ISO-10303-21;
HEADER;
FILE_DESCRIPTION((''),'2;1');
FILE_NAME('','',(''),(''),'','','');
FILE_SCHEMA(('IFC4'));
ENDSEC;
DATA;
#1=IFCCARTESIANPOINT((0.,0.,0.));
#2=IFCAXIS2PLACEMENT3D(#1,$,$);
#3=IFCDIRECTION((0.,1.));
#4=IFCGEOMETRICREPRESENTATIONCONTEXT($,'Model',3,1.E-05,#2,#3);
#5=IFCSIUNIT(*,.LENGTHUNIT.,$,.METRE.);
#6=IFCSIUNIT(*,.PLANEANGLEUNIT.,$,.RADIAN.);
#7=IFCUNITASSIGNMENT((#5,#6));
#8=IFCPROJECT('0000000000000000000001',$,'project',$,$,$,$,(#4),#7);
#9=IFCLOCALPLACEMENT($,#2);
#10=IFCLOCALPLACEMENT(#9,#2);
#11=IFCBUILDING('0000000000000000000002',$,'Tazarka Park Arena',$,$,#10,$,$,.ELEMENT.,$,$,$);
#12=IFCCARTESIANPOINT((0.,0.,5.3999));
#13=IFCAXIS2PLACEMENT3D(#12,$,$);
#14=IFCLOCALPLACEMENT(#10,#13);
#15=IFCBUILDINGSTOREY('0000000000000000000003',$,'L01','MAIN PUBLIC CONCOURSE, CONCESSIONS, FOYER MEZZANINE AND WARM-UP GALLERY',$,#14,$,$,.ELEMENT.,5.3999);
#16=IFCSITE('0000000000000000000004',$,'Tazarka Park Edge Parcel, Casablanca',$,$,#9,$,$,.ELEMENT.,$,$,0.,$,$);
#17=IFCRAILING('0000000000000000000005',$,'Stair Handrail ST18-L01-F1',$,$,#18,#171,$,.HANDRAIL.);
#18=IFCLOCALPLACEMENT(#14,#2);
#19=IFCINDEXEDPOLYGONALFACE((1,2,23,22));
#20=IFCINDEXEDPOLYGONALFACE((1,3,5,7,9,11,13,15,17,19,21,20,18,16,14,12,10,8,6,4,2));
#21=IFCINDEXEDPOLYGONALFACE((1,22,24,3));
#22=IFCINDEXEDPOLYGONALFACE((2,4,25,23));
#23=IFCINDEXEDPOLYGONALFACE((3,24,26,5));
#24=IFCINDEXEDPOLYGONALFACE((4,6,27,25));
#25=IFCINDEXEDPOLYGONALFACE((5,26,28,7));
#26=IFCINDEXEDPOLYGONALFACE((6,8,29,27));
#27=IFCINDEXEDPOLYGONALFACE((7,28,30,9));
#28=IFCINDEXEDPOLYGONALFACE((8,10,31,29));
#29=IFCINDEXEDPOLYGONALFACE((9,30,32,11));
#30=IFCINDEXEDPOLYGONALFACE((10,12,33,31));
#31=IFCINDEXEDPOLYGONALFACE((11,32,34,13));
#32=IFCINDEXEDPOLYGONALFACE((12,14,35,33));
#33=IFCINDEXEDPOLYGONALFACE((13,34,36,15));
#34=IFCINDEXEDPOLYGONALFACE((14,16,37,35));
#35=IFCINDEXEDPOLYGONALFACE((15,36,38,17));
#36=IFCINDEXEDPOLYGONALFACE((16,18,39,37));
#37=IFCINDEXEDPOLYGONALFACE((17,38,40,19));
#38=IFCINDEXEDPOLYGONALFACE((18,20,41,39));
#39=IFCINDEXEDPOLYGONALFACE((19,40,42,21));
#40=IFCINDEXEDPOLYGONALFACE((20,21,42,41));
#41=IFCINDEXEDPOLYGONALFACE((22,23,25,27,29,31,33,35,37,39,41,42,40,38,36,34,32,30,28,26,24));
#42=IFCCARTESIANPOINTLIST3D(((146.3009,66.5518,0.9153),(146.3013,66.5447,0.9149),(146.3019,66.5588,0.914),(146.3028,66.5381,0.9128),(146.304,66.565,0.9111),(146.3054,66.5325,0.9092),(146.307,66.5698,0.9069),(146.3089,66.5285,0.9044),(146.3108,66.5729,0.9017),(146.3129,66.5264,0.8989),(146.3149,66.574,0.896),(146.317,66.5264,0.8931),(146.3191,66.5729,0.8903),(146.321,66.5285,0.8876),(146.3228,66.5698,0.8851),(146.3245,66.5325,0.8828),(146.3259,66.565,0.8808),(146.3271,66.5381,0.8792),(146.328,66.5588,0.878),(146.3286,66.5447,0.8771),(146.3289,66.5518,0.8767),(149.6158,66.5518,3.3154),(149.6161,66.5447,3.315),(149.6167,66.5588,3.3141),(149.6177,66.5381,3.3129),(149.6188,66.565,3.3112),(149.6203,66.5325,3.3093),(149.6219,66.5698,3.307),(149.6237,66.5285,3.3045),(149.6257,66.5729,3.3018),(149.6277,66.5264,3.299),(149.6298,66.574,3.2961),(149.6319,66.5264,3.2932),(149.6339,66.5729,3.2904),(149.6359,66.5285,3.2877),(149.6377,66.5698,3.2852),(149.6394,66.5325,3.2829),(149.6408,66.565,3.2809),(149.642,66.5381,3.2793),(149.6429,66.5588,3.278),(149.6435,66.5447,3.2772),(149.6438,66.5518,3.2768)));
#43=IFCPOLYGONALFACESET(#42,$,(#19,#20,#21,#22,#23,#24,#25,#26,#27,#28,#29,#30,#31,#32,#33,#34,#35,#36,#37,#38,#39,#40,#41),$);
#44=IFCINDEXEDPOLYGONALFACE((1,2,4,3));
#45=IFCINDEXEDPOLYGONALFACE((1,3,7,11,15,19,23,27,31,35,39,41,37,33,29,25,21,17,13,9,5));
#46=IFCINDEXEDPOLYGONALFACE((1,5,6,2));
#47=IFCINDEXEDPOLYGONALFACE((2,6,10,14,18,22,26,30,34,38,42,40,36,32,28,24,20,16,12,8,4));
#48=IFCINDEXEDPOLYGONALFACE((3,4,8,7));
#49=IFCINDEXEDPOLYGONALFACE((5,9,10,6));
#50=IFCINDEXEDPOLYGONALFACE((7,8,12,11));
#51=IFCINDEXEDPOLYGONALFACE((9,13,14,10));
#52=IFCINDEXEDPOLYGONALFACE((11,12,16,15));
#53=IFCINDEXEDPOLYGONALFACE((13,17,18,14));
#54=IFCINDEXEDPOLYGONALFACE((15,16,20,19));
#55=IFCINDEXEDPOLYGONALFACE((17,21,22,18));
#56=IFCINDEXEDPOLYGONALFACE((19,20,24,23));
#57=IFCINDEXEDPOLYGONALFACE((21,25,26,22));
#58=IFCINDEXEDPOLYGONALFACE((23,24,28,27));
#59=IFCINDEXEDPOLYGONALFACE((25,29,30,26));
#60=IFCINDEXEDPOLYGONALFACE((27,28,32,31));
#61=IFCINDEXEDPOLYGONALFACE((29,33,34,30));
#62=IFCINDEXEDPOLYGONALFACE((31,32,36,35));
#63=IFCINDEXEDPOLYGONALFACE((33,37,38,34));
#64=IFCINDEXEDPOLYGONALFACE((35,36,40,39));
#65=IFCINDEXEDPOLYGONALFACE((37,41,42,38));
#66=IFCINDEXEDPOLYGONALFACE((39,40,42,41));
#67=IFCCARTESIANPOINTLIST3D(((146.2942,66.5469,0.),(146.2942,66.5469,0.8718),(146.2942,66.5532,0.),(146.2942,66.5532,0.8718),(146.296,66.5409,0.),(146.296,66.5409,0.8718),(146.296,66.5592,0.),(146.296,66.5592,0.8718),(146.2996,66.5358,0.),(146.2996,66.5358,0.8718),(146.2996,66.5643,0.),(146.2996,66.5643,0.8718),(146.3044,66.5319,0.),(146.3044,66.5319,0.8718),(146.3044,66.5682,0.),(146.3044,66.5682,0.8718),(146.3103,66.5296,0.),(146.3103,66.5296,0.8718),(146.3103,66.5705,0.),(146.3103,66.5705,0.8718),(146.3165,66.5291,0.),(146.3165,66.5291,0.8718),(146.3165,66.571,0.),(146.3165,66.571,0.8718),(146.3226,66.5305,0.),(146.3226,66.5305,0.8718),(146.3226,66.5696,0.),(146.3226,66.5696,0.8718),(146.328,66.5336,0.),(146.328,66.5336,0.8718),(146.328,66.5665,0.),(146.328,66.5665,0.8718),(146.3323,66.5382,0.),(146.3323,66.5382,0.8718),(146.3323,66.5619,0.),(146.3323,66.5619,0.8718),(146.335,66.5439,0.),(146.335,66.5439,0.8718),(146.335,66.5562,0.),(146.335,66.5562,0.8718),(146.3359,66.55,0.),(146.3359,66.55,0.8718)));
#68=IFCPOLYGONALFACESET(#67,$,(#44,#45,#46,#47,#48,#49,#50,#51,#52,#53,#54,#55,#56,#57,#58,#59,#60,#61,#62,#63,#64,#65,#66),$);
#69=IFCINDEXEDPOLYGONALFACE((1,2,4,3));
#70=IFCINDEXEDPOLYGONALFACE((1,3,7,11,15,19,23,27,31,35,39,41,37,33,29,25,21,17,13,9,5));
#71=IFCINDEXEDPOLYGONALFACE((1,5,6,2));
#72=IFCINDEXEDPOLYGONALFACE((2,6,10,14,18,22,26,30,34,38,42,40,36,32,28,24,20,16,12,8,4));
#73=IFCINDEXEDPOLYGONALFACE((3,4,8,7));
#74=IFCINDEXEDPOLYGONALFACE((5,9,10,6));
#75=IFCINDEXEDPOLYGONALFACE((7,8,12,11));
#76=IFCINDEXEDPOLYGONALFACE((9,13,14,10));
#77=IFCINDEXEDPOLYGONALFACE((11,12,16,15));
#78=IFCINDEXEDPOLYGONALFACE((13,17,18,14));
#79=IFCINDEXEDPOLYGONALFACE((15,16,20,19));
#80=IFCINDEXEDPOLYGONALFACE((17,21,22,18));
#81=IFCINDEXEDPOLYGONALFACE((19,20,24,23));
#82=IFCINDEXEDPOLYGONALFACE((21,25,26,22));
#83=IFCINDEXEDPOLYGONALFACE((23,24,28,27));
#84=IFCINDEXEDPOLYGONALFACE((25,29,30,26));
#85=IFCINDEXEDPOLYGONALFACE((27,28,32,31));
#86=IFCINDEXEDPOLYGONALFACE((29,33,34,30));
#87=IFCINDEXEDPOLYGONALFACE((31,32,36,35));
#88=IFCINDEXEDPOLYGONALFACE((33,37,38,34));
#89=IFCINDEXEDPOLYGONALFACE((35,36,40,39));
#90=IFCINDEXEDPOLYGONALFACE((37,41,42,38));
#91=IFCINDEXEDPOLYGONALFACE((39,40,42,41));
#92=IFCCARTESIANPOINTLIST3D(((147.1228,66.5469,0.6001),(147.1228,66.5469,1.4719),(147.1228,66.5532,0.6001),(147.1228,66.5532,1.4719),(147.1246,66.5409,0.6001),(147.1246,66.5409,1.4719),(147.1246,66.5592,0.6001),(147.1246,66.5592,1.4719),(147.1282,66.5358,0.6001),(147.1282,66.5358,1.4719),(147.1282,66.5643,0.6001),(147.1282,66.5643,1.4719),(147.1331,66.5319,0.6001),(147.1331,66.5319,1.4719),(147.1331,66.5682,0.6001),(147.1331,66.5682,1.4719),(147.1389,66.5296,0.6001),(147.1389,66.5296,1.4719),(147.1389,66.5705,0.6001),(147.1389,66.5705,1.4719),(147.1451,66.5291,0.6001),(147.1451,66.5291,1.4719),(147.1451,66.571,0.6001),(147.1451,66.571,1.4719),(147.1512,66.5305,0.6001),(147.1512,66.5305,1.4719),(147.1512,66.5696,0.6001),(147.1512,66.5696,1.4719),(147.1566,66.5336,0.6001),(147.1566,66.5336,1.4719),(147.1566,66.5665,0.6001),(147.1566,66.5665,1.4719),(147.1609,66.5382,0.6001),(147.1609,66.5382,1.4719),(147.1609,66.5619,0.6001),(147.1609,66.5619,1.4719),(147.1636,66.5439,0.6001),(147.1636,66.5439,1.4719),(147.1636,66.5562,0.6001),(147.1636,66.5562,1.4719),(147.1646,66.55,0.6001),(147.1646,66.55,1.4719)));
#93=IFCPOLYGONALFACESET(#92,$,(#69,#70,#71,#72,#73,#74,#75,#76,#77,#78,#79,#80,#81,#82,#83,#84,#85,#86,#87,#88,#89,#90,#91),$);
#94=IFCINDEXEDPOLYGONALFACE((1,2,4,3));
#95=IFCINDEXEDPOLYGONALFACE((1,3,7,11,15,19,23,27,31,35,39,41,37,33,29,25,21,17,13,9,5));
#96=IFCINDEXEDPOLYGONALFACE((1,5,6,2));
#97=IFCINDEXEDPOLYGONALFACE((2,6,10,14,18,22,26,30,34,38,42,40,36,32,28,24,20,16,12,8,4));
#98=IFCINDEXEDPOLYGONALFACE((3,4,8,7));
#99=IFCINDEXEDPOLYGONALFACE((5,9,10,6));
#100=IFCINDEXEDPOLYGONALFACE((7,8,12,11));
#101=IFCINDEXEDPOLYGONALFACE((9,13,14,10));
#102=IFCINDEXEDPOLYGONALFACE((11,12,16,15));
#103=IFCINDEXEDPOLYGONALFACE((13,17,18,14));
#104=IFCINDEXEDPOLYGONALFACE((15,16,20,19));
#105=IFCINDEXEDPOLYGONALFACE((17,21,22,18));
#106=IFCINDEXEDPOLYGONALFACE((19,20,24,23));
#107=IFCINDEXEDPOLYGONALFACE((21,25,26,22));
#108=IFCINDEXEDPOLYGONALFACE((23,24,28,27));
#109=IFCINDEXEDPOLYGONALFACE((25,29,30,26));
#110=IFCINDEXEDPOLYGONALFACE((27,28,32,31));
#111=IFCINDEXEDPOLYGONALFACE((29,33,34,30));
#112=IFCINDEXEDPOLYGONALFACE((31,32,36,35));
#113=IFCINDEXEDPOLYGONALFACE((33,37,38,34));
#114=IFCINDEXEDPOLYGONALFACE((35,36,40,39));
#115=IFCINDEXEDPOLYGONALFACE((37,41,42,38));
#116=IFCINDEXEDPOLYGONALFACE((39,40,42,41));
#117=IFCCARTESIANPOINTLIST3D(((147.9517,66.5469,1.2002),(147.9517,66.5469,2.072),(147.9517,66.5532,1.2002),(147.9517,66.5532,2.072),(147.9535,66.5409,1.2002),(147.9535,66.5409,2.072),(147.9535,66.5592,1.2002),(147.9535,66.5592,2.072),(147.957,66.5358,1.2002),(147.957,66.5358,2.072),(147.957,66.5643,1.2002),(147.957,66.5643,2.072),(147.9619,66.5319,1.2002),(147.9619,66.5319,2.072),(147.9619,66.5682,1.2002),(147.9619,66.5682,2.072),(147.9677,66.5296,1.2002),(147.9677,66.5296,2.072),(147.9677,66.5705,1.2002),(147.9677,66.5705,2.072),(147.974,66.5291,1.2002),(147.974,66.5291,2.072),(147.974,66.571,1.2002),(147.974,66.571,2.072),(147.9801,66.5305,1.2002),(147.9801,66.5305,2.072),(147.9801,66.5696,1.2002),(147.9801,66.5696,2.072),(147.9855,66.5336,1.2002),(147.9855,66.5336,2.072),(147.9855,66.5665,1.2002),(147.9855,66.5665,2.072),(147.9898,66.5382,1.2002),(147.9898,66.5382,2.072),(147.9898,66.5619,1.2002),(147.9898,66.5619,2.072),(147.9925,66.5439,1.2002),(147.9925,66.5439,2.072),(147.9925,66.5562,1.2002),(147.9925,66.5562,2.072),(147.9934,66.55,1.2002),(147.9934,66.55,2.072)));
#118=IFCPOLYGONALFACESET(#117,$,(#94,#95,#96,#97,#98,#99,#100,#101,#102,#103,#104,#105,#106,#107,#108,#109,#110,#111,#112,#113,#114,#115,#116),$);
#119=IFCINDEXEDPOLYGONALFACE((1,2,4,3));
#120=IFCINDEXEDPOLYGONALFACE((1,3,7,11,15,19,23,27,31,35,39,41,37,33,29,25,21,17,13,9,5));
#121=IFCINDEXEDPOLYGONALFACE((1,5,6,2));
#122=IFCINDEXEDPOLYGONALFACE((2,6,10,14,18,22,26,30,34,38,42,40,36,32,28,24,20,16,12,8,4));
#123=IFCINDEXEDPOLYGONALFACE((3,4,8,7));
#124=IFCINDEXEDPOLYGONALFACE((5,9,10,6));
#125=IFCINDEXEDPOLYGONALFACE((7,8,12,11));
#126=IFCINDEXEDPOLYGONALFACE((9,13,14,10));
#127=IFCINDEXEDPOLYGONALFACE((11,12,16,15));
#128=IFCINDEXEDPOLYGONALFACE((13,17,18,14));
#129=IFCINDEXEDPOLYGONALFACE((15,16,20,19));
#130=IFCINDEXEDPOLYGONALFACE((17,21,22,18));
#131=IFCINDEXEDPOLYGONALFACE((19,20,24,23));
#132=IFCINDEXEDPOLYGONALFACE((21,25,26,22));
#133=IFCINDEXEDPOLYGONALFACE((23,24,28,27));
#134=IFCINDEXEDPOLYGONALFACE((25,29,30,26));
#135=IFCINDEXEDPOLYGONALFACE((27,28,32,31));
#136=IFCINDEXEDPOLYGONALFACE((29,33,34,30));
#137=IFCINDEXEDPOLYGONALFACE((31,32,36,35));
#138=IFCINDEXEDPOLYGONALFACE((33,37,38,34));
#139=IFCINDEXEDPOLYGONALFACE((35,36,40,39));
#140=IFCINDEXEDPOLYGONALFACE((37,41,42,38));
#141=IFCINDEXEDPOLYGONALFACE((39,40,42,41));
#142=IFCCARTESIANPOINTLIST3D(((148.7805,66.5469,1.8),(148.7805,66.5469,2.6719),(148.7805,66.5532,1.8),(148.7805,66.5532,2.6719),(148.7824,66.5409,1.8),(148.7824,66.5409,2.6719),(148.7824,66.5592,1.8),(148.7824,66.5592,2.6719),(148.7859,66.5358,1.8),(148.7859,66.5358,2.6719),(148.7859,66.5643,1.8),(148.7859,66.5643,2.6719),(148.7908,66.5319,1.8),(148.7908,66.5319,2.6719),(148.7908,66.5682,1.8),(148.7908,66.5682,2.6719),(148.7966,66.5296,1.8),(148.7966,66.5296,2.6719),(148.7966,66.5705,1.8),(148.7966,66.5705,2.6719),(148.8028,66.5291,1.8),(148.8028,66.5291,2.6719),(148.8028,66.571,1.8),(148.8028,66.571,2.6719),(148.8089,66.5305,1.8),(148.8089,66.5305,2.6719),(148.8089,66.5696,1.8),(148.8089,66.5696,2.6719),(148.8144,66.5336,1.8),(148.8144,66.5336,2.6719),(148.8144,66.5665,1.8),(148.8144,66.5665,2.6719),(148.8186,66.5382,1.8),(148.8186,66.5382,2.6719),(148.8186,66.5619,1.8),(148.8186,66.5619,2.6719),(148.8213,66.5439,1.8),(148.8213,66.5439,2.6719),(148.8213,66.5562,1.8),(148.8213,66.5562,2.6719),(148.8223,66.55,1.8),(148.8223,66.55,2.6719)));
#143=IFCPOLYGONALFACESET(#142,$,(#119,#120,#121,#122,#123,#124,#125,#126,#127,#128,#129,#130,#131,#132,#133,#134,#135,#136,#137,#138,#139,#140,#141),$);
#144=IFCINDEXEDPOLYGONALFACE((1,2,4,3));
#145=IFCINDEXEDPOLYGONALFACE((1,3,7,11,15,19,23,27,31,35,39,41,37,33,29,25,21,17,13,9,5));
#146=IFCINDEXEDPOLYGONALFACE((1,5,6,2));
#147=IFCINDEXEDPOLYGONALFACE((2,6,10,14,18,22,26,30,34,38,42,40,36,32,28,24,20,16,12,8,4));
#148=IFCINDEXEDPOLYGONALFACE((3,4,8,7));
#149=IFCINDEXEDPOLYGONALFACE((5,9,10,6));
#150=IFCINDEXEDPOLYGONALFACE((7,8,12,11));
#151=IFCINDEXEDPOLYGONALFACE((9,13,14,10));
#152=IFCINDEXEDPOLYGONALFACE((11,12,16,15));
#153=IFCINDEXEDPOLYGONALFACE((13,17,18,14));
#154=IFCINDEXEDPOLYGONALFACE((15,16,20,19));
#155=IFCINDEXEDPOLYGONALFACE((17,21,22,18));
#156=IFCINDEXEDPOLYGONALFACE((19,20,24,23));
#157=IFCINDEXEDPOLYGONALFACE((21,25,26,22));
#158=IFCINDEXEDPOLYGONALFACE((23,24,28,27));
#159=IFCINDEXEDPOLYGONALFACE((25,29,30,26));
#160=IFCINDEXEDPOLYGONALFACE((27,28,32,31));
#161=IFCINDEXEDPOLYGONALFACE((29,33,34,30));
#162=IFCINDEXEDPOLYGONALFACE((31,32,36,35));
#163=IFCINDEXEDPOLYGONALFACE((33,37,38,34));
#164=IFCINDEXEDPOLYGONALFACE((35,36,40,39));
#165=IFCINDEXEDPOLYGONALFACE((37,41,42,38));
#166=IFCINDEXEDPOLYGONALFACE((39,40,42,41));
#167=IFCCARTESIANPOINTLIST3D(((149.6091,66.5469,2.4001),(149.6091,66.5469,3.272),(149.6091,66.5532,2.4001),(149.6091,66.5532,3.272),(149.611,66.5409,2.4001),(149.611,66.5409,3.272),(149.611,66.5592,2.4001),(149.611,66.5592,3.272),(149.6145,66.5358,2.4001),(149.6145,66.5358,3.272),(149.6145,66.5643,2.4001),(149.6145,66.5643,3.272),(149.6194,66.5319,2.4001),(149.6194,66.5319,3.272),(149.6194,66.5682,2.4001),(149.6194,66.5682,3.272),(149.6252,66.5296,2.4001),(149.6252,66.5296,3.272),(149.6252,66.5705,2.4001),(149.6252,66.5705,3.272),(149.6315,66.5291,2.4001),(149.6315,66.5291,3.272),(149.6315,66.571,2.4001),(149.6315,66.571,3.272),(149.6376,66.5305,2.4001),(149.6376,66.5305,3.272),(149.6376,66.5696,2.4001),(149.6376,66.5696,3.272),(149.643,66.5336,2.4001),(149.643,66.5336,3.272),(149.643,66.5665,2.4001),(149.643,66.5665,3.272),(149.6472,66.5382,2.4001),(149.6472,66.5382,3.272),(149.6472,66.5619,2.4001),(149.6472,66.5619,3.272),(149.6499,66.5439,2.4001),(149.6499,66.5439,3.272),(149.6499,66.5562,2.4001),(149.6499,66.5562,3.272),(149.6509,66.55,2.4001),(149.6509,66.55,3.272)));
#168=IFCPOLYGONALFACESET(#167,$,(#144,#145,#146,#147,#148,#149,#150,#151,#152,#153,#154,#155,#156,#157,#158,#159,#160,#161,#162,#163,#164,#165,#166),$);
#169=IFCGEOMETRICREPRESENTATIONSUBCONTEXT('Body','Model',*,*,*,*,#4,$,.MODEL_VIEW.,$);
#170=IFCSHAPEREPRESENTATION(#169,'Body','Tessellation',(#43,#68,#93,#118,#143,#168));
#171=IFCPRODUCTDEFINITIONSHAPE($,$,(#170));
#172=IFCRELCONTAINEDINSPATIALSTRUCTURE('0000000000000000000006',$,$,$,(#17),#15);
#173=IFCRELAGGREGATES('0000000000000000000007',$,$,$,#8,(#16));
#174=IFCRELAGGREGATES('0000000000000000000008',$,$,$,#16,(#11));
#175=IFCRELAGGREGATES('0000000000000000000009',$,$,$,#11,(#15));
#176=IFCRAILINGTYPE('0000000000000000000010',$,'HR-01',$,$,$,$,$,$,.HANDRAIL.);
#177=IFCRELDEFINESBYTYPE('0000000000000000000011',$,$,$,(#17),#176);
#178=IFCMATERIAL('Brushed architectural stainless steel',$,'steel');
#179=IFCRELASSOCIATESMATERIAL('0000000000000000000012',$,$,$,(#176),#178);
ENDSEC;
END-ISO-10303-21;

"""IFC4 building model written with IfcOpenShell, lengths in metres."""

from ifc_helpers import new_model, si_unit, direction, frame, origin, origin_2d, place, context, subcontext, project, spatial, circle, extrude, material, type_object, element, save


model = new_model("IFC4")

# Units and contexts
model_context = context("Model", 3, precision=1e-05, world=origin(), true_north=direction((0.0, 1.0)))
body_context = subcontext(model_context, "Body", "Model", "MODEL_VIEW")
ifc_project = project(units=[si_unit("LENGTHUNIT", "METRE"), si_unit("PLANEANGLEUNIT", "RADIAN")], contexts=[model_context])

# Site, building, storey
site_placement = place(None, origin())
site = spatial("IfcSite", under=ifc_project, at=site_placement, Name="Tazarka Park Edge Parcel, Casablanca", CompositionType="ELEMENT", RefElevation=0.0)
building_placement = place(site_placement, origin())
building = spatial("IfcBuilding", under=site, at=building_placement, Name="Tazarka Park Arena", CompositionType="ELEMENT")
storey_placement = place(building_placement, frame((0.0, 0.0, 5.3999)))
storey = spatial("IfcBuildingStorey", under=building, at=storey_placement, Name="L01", Description="MAIN PUBLIC CONCOURSE, CONCESSIONS, FOYER MEZZANINE AND WARM-UP GALLERY", CompositionType="ELEMENT", Elevation=5.3999)

# Railing
ifc_material_1 = material(Name="Brushed architectural stainless steel", Category="steel")
railing_type_1 = type_object("IfcRailingType", Name="HR-01", PredefinedType="HANDRAIL", material=ifc_material_1)
railing_1_placement = place(storey_placement, frame((146.3149, 66.55, 0.0)))
element("IfcRailing", 1, at=railing_1_placement, inside=storey, type_object=railing_type_1, Name="Stair Handrail ST18-L01-F1", PredefinedType="HANDRAIL", context=body_context, shape_type="SweptSolid", body=[
    extrude(circle(Radius=0.0239, at=origin_2d()), frame((0.0, 0.0, 0.896), z_axis=(0.80998, 0.0, 0.586457), x_axis=(0.0, 1.0, 0.0)), (0.0, 0.0, 1.0), 4.0925),
    extrude(circle(Radius=0.021, at=origin_2d()), origin(), (0.0, 0.0, 1.0), 0.8718),
    extrude(circle(Radius=0.021, at=origin_2d()), frame((0.8286, 0.0, 0.6001)), (0.0, 0.0, 1.0), 0.8718),
    extrude(circle(Radius=0.021, at=origin_2d()), frame((1.6575, 0.0, 1.2002)), (0.0, 0.0, 1.0), 0.8718),
    extrude(circle(Radius=0.021, at=origin_2d()), frame((2.4863, 0.0, 1.8)), (0.0, 0.0, 1.0), 0.8718),
    extrude(circle(Radius=0.021, at=origin_2d()), frame((3.3149, 0.0, 2.4001)), (0.0, 0.0, 1.0), 0.8718),
])

save(model, "model.ifc")
